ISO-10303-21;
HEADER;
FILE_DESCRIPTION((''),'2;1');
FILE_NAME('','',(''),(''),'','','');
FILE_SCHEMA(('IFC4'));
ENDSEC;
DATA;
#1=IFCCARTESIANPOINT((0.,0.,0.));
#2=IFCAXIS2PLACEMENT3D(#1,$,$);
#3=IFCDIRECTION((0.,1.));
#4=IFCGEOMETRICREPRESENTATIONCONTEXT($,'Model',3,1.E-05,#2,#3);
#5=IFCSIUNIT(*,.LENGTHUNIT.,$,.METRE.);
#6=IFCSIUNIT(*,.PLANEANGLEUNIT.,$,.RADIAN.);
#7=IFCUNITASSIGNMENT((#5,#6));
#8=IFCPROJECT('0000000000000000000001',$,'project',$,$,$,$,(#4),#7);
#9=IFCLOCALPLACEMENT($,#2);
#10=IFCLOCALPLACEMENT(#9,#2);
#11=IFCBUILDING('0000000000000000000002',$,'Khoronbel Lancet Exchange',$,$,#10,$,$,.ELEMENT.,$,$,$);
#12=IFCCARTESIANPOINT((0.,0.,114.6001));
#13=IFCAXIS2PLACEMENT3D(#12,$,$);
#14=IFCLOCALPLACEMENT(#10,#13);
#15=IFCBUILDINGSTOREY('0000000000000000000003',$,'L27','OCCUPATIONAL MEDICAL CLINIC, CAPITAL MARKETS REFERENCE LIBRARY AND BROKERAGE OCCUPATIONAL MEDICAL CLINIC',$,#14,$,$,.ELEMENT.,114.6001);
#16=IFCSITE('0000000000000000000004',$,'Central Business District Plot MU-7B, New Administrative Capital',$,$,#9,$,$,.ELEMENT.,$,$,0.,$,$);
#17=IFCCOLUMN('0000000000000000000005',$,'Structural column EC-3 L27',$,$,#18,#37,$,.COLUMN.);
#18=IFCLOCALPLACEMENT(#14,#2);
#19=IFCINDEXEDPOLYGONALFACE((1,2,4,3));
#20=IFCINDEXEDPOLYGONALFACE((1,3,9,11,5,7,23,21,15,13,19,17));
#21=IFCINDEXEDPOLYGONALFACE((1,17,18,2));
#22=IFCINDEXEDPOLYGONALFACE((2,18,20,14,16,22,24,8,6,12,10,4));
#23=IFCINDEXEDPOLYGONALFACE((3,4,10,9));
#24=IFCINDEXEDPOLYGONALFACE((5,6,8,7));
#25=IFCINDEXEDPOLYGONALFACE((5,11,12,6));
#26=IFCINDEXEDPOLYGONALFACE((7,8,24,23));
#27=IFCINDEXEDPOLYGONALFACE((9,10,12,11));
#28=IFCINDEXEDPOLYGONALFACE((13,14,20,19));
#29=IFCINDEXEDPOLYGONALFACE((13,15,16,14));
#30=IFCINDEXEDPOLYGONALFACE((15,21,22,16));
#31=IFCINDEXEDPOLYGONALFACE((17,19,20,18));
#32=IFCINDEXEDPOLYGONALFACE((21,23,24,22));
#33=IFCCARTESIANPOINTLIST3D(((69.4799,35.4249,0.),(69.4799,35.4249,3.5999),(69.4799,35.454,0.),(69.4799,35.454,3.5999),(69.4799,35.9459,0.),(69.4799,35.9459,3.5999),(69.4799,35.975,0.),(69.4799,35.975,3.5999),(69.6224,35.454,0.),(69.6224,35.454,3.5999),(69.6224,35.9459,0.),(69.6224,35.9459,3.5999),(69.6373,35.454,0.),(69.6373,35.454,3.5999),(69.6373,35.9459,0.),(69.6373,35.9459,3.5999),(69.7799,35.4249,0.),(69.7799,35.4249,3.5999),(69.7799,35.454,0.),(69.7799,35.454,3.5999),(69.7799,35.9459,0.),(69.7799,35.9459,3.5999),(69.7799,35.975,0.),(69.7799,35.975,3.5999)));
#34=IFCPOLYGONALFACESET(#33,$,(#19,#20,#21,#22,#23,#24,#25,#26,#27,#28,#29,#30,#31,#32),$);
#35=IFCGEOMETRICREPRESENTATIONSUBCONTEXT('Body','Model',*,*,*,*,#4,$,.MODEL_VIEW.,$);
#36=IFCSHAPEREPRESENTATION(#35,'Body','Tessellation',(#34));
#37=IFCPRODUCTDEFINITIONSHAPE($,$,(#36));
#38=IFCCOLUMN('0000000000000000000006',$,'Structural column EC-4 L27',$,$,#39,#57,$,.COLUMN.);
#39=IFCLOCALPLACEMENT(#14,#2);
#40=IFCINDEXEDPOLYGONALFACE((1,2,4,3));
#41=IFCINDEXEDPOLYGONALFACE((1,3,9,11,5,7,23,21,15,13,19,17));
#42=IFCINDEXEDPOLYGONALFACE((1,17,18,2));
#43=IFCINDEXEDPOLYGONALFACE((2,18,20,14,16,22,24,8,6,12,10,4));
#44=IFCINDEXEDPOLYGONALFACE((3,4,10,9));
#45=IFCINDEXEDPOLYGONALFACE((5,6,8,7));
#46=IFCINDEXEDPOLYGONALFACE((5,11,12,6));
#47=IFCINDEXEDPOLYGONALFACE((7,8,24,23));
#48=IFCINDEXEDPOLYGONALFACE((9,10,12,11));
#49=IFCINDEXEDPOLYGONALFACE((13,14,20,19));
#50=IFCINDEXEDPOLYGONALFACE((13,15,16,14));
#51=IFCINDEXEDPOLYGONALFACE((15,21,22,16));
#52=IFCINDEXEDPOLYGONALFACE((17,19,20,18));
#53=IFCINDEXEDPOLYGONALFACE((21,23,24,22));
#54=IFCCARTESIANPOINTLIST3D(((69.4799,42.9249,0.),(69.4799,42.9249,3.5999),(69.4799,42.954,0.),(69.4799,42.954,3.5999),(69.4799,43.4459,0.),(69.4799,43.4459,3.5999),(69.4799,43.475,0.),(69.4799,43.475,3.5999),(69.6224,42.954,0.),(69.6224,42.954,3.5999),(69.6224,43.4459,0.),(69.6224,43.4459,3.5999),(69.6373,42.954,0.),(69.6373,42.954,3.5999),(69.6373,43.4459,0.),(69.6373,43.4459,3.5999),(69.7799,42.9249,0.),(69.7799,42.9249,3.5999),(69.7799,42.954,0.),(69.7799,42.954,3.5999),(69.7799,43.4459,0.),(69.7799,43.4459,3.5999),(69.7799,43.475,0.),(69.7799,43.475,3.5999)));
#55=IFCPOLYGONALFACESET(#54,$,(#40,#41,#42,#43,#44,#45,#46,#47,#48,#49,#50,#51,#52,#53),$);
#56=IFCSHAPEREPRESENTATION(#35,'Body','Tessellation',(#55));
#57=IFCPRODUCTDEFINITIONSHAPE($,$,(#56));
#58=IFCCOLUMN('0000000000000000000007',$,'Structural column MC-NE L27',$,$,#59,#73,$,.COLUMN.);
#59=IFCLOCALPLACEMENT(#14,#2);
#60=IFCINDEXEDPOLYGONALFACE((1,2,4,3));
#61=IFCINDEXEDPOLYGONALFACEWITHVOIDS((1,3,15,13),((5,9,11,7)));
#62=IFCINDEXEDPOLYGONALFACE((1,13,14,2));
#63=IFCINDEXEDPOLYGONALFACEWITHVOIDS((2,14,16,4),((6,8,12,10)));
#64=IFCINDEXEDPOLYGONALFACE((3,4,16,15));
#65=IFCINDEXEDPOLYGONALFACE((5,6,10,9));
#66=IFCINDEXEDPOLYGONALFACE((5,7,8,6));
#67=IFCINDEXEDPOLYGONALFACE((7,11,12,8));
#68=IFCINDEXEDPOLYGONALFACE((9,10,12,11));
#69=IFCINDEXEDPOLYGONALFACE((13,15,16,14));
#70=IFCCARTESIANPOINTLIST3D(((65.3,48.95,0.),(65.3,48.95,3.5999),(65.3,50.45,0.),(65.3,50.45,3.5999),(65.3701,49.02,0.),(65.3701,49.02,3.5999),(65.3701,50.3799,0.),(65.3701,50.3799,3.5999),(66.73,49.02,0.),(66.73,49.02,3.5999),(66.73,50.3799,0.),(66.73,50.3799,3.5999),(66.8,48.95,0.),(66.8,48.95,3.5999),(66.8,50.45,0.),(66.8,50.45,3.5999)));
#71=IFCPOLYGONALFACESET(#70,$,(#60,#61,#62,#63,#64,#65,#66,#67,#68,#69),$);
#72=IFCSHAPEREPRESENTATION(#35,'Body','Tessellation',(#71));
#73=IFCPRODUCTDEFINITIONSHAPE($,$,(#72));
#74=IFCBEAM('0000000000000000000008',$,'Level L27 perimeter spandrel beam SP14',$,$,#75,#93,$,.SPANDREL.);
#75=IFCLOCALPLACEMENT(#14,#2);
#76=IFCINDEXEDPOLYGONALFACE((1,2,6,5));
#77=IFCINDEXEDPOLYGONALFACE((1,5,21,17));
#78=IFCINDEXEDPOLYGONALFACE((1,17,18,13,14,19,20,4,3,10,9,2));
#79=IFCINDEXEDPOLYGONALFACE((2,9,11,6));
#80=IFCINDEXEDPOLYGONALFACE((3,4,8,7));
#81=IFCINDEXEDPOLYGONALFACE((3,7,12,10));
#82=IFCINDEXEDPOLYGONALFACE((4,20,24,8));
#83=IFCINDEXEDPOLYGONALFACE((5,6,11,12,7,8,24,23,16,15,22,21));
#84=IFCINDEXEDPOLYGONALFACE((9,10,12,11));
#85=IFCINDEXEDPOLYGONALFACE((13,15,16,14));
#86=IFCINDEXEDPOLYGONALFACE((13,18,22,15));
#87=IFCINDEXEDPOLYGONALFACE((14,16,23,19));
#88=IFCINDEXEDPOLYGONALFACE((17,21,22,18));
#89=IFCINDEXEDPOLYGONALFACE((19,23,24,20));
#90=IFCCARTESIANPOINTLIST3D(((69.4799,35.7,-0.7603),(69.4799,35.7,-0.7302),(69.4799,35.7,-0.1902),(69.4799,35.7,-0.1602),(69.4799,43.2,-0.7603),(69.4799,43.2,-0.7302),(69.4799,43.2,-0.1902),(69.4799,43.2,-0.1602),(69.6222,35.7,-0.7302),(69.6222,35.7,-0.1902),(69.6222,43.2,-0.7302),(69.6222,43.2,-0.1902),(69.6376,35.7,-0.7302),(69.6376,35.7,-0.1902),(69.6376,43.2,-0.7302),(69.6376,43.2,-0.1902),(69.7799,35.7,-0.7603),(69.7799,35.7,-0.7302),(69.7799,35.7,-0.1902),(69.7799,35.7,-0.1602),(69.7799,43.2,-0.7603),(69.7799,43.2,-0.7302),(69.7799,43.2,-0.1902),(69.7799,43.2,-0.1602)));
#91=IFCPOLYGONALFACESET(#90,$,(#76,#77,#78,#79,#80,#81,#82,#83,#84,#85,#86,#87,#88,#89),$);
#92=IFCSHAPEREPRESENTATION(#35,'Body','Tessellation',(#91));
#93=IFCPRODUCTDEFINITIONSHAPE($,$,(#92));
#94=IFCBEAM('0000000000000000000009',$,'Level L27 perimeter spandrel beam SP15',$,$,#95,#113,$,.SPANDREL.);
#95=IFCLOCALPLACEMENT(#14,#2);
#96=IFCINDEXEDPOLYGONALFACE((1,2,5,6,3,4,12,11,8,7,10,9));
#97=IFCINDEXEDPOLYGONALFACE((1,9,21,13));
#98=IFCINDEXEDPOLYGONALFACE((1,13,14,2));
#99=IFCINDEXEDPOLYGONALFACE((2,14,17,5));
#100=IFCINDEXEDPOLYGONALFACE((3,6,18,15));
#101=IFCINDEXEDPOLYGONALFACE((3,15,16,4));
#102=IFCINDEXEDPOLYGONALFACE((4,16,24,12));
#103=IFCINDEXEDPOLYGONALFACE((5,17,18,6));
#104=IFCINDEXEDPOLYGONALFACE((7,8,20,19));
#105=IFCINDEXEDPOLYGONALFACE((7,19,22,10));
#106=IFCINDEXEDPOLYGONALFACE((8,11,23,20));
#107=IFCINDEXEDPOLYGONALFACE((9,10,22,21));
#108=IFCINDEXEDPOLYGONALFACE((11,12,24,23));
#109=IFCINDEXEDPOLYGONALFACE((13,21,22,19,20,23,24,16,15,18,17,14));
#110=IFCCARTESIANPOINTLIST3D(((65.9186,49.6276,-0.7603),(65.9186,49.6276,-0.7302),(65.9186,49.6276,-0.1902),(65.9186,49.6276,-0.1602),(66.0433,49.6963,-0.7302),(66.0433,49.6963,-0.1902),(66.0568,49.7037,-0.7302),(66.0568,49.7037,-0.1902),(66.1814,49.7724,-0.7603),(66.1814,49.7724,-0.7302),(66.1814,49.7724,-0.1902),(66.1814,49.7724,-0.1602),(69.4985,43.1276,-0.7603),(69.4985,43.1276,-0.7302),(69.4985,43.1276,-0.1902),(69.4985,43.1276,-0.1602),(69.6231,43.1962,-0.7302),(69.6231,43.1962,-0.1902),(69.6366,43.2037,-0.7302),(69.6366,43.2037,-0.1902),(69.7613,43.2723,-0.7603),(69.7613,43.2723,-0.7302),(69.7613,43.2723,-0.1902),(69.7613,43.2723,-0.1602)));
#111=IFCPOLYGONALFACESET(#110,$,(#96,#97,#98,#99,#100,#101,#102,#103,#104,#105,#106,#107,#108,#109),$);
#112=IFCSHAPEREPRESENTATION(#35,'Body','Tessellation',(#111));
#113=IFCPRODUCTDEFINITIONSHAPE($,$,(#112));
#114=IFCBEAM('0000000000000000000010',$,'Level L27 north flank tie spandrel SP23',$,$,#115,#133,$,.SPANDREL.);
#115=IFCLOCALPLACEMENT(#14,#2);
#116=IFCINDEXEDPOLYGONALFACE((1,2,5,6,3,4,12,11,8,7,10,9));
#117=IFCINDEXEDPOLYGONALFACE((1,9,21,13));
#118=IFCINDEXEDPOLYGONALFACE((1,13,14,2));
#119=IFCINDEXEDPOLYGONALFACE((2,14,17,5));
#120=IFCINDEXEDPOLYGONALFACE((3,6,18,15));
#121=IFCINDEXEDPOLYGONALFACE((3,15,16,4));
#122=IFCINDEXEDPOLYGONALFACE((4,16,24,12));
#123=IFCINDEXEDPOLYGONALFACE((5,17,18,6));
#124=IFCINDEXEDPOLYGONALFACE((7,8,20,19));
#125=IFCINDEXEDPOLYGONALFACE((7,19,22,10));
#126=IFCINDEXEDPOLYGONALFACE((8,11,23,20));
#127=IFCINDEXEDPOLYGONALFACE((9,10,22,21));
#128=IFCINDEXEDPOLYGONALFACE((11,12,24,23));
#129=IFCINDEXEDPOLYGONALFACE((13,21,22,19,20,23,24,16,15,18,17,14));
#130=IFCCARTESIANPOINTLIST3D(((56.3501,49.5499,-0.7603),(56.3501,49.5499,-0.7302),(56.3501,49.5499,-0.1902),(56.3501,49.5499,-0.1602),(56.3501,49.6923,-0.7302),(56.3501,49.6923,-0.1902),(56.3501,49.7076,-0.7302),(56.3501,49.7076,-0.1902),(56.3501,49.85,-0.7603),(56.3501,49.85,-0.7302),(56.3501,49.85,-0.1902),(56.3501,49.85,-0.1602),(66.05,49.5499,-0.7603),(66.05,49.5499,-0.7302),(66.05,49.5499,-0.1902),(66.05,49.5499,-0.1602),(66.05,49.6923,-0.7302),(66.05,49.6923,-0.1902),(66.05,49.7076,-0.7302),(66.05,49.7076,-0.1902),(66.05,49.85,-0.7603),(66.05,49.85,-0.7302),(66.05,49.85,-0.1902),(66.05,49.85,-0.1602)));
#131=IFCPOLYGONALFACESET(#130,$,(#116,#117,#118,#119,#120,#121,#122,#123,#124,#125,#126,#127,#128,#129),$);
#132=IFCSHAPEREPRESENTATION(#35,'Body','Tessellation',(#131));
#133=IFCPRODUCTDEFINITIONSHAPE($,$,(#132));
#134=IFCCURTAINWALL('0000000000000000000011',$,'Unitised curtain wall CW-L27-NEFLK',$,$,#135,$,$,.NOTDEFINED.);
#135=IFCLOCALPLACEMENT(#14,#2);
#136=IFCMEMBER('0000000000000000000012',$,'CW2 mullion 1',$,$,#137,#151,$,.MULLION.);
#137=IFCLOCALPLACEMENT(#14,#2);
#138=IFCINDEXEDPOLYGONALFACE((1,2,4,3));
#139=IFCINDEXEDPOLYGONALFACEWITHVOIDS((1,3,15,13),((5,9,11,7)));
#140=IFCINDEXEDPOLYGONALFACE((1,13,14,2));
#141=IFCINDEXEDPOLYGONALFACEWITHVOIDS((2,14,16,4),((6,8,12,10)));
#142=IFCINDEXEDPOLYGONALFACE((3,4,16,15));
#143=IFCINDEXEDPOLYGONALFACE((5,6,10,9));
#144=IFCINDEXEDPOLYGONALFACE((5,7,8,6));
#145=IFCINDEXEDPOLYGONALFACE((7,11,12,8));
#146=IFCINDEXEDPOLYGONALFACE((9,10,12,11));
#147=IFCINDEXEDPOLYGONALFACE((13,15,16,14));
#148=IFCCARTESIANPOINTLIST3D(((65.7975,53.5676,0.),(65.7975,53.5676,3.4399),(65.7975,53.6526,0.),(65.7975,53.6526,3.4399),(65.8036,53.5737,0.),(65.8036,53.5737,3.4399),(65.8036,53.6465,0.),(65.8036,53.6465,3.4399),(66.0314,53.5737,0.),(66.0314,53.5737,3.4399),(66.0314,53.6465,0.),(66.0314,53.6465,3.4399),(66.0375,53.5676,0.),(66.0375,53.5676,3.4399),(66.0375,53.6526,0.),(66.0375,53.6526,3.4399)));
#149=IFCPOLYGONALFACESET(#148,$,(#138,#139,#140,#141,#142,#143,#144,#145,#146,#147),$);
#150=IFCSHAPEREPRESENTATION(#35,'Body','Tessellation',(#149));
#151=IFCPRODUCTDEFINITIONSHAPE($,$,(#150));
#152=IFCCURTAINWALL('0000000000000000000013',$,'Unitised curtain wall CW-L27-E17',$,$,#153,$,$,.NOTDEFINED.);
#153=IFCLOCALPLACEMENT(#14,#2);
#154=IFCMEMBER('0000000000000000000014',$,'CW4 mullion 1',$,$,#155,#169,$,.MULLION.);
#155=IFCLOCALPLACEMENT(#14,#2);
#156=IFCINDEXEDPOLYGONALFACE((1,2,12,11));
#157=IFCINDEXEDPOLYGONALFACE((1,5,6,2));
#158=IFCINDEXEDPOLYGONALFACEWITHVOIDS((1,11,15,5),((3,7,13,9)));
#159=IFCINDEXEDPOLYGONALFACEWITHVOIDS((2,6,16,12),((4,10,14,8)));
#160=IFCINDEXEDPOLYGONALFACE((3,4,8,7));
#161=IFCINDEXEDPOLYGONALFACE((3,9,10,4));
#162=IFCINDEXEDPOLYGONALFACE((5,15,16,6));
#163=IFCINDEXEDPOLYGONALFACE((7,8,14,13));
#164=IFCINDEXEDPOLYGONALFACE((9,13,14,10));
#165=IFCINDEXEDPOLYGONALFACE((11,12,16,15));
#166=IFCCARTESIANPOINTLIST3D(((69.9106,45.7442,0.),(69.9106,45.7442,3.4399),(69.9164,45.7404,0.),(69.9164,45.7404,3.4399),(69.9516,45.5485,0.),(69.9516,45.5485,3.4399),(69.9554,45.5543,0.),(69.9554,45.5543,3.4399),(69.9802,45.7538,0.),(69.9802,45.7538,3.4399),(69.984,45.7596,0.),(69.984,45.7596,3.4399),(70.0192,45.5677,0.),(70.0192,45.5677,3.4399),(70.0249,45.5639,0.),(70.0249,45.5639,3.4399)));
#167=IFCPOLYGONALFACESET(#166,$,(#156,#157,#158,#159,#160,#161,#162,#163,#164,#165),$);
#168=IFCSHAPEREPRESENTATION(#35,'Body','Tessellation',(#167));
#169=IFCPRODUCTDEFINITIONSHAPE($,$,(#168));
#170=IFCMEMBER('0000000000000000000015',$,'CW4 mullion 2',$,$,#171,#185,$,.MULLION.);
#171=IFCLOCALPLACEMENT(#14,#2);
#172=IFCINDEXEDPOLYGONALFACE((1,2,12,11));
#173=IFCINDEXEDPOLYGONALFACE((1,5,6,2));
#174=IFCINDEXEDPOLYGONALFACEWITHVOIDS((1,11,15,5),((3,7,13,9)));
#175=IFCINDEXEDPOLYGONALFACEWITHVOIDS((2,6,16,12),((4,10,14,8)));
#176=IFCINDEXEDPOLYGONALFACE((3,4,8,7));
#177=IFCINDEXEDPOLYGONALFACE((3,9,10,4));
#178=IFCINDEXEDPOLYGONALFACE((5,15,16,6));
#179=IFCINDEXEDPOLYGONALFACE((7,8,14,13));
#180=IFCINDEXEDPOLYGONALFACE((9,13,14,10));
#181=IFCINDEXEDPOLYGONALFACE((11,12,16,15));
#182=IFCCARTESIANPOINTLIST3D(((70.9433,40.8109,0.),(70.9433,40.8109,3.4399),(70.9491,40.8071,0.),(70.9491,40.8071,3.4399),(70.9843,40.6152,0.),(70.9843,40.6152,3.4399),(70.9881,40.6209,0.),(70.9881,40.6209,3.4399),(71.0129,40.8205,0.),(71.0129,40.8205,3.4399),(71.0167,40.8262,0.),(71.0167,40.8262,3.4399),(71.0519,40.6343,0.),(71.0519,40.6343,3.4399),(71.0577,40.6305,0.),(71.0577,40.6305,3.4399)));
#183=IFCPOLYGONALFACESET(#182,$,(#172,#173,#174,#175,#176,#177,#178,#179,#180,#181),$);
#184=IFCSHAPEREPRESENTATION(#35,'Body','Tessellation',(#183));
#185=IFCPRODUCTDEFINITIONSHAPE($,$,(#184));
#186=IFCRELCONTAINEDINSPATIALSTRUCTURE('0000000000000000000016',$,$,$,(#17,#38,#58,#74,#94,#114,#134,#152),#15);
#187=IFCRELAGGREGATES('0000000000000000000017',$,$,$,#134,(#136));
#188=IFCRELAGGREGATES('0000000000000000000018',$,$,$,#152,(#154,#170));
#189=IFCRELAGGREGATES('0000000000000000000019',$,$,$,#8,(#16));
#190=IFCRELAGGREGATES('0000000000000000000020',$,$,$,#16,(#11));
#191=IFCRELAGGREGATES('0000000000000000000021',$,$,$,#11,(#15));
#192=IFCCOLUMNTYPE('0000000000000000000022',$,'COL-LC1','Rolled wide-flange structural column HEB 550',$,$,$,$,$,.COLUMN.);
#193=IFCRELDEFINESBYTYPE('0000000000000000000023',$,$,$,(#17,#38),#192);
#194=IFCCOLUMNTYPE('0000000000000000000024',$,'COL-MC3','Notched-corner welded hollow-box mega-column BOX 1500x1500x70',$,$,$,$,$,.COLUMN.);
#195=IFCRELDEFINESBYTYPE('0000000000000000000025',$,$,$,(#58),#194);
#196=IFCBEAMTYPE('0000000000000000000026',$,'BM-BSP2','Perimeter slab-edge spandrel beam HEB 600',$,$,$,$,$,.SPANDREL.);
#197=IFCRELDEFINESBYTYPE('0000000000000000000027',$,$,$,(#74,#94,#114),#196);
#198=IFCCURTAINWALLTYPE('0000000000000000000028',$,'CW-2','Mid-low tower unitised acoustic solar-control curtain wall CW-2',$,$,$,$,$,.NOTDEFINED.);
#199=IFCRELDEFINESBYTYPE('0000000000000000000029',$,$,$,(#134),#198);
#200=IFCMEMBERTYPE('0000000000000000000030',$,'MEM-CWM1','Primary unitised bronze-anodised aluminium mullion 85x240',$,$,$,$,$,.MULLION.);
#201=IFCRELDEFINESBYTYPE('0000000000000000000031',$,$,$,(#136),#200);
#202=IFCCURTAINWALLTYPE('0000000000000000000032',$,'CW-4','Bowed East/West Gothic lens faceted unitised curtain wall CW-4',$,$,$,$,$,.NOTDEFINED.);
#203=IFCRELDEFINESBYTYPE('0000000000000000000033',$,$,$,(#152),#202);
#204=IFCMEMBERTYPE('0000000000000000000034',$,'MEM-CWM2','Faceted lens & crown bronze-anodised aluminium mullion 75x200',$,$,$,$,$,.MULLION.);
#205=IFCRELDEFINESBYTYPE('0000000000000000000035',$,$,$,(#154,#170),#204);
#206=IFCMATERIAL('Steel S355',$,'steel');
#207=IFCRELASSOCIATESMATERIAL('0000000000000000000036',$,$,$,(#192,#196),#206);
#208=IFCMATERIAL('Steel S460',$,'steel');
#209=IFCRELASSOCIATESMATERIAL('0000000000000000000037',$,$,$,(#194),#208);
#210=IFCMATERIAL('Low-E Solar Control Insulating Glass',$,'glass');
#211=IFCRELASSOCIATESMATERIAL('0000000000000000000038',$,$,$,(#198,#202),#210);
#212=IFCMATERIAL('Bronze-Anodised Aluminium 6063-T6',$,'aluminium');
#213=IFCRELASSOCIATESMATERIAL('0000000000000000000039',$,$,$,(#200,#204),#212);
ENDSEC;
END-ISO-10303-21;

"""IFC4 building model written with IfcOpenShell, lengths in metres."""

from ifc_helpers import new_model, si_unit, direction, frame, origin, origin_2d, place, context, subcontext, project, spatial, hollow_rectangle, i_section, extrude, material, material_profile, profile_set, type_object, element, aggregate, save


model = new_model("IFC4")

# Units and contexts
model_context = context("Model", 3, precision=1e-05, world=origin(), true_north=direction((0.0, 1.0)))
body_context = subcontext(model_context, "Body", "Model", "MODEL_VIEW")
ifc_project = project(units=[si_unit("LENGTHUNIT", "METRE"), si_unit("PLANEANGLEUNIT", "RADIAN")], contexts=[model_context])

# Site, building, storey
site_placement = place(None, origin())
site = spatial("IfcSite", under=ifc_project, at=site_placement, Name="Central Business District Plot MU-7B, New Administrative Capital", CompositionType="ELEMENT", RefElevation=0.0)
building_placement = place(site_placement, origin())
building = spatial("IfcBuilding", under=site, at=building_placement, Name="Khoronbel Lancet Exchange", CompositionType="ELEMENT")
storey_placement = place(building_placement, frame((0.0, 0.0, 114.6001)))
storey = spatial("IfcBuildingStorey", under=building, at=storey_placement, Name="L27", Description="OCCUPATIONAL MEDICAL CLINIC, CAPITAL MARKETS REFERENCE LIBRARY AND BROKERAGE OCCUPATIONAL MEDICAL CLINIC", CompositionType="ELEMENT", Elevation=114.6001)

# Columns
ifc_material_1 = material(Name="Steel S355", Category="steel")
ifc_material_profile_1 = material_profile(ifc_material_1, i_section(OverallWidth=0.3, OverallDepth=0.55, WebThickness=0.0149, FlangeThickness=0.0291, at=origin_2d()), Name="HEB 550")
ifc_profile_set_1 = profile_set([ifc_material_profile_1], Name="Steel S355")
column_type_1 = type_object("IfcColumnType", Name="COL-LC1", Description="Rolled wide-flange structural column HEB 550", PredefinedType="COLUMN", material=ifc_profile_set_1)
for number, where, z_axis, x_axis, name in (
    (1, (69.6299, 35.7, 0.0), (0.0, 0.0, 1.0), (1.0, 0.0, 0.0), "Structural column EC-3 L27"),
    (2, (69.6299, 43.2, 0.0), (0.0, 0.0, 1.0), (1.0, 0.0, 0.0), "Structural column EC-4 L27"),
):
    element("IfcColumn", number, at=place(storey_placement, frame(where, z_axis=z_axis, x_axis=x_axis)), inside=storey, type_object=column_type_1, Name=name, PredefinedType="COLUMN", context=body_context, shape_type="SweptSolid", body=[
        extrude(i_section(OverallWidth=0.3, OverallDepth=0.55, WebThickness=0.0149, FlangeThickness=0.0291, at=origin_2d()), origin(), (0.0, 0.0, 1.0), 3.5999),
    ])
ifc_material_2 = material(Name="Steel S460", Category="steel")
ifc_material_profile_2 = material_profile(ifc_material_2, hollow_rectangle(XDim=1.5, YDim=1.5, WallThickness=0.0701, at=origin_2d()), Name="BOX 1500x1500x70")
ifc_profile_set_2 = profile_set([ifc_material_profile_2], Name="Steel S460")
column_type_2 = type_object("IfcColumnType", Name="COL-MC3", Description="Notched-corner welded hollow-box mega-column BOX 1500x1500x70", PredefinedType="COLUMN", material=ifc_profile_set_2)
column_placement = place(storey_placement, frame((66.05, 49.7, 0.0), z_axis=(0.0, 0.0, 1.0), x_axis=(1.0, 0.0, 0.0)))
element("IfcColumn", 3, at=column_placement, inside=storey, type_object=column_type_2, Name="Structural column MC-NE L27", PredefinedType="COLUMN", context=body_context, shape_type="SweptSolid", body=[
    extrude(hollow_rectangle(XDim=1.5, YDim=1.5, WallThickness=0.0701, at=origin_2d()), origin(), (0.0, 0.0, 1.0), 3.5999),
])

# Beams
ifc_material_profile_3 = material_profile(ifc_material_1, i_section(OverallWidth=0.3, OverallDepth=0.6001, WebThickness=0.0154, FlangeThickness=0.03, at=origin_2d()), Name="HEB 600")
ifc_profile_set_3 = profile_set([ifc_material_profile_3], Name="Steel S355")
beam_type = type_object("IfcBeamType", Name="BM-BSP2", Description="Perimeter slab-edge spandrel beam HEB 600", PredefinedType="SPANDREL", material=ifc_profile_set_3)
beam_1_placement = place(storey_placement, frame((69.6299, 35.7, -0.4602), z_axis=(0.0, 1.0, 0.0), x_axis=(-1.0, 0.0, 0.0)))
element("IfcBeam", 4, at=beam_1_placement, inside=storey, type_object=beam_type, Name="Level L27 perimeter spandrel beam SP14", PredefinedType="SPANDREL", context=body_context, shape_type="SweptSolid", body=[
    extrude(i_section(OverallWidth=0.3, OverallDepth=0.6001, WebThickness=0.0154, FlangeThickness=0.03, at=origin_2d()), origin(), (0.0, 0.0, 1.0), 7.5),
])
beam_2_placement = place(storey_placement, frame((69.6299, 43.2, -0.4602), z_axis=(-0.482419, 0.875941, 0.0), x_axis=(-0.875941, -0.482419, 0.0)))
element("IfcBeam", 5, at=beam_2_placement, inside=storey, type_object=beam_type, Name="Level L27 perimeter spandrel beam SP15", PredefinedType="SPANDREL", context=body_context, shape_type="SweptSolid", body=[
    extrude(i_section(OverallWidth=0.3, OverallDepth=0.6001, WebThickness=0.0154, FlangeThickness=0.03, at=origin_2d()), origin(), (0.0, 0.0, 1.0), 7.4207),
])
beam_3_placement = place(storey_placement, frame((66.05, 49.7, -0.4602), z_axis=(-1.0, 0.0, 0.0), x_axis=(0.0, -1.0, 0.0)))
element("IfcBeam", 6, at=beam_3_placement, inside=storey, type_object=beam_type, Name="Level L27 north flank tie spandrel SP23", PredefinedType="SPANDREL", context=body_context, shape_type="SweptSolid", body=[
    extrude(i_section(OverallWidth=0.3, OverallDepth=0.6001, WebThickness=0.0154, FlangeThickness=0.03, at=origin_2d()), origin(), (0.0, 0.0, 1.0), 9.7),
])

# Curtain wall, member
ifc_material_3 = material(Name="Low-E Solar Control Insulating Glass", Category="glass")
curtain_wall_type_1 = type_object("IfcCurtainWallType", Name="CW-2", Description="Mid-low tower unitised acoustic solar-control curtain wall CW-2", PredefinedType="NOTDEFINED", material=ifc_material_3)
curtain_wall_1_placement = place(storey_placement, origin())
curtain_wall_1 = element("IfcCurtainWall", 7, at=curtain_wall_1_placement, inside=storey, type_object=curtain_wall_type_1, Name="Unitised curtain wall CW-L27-NEFLK", PredefinedType="NOTDEFINED")
ifc_material_4 = material(Name="Bronze-Anodised Aluminium 6063-T6", Category="aluminium")
ifc_material_profile_4 = material_profile(ifc_material_4, hollow_rectangle(XDim=0.085, YDim=0.24, WallThickness=0.0061, at=origin_2d()), Name="ALU MULLION 85x240")
ifc_profile_set_4 = profile_set([ifc_material_profile_4], Name="Bronze-Anodised Aluminium 6063-T6")
member_type_1 = type_object("IfcMemberType", Name="MEM-CWM1", Description="Primary unitised bronze-anodised aluminium mullion 85x240", PredefinedType="MULLION", material=ifc_profile_set_4)
member_1_placement = place(storey_placement, frame((65.9175, 53.6101, 0.0), z_axis=(0.0, 0.0, 1.0), x_axis=(0.0, -1.0, 0.0)))
member_1 = element("IfcMember", 8, at=member_1_placement, type_object=member_type_1, Name="CW2 mullion 1", PredefinedType="MULLION", context=body_context, shape_type="SweptSolid", body=[
    extrude(hollow_rectangle(XDim=0.085, YDim=0.24, WallThickness=0.0061, at=origin_2d()), origin(), (0.0, 0.0, 1.0), 3.4399),
])

# Curtain wall, members
curtain_wall_type_2 = type_object("IfcCurtainWallType", Name="CW-4", Description="Bowed East/West Gothic lens faceted unitised curtain wall CW-4", PredefinedType="NOTDEFINED", material=ifc_material_3)
curtain_wall_2_placement = place(storey_placement, origin())
curtain_wall_2 = element("IfcCurtainWall", 9, at=curtain_wall_2_placement, inside=storey, type_object=curtain_wall_type_2, Name="Unitised curtain wall CW-L27-E17", PredefinedType="NOTDEFINED")
ifc_material_profile_5 = material_profile(ifc_material_4, hollow_rectangle(XDim=0.075, YDim=0.2, WallThickness=0.0049, at=origin_2d()), Name="ALU MULLION 75x200")
ifc_profile_set_5 = profile_set([ifc_material_profile_5], Name="Bronze-Anodised Aluminium 6063-T6")
member_type_2 = type_object("IfcMemberType", Name="MEM-CWM2", Description="Faceted lens & crown bronze-anodised aluminium mullion 75x200", PredefinedType="MULLION", material=ifc_profile_set_5)
member_2_placement = place(storey_placement, frame((69.9678, 45.6541, 0.0), z_axis=(0.0, 0.0, 1.0), x_axis=(0.97878, 0.204913, 0.0)))
member_2 = element("IfcMember", 10, at=member_2_placement, type_object=member_type_2, Name="CW4 mullion 1", PredefinedType="MULLION", context=body_context, shape_type="SweptSolid", body=[
    extrude(hollow_rectangle(XDim=0.075, YDim=0.2, WallThickness=0.0049, at=origin_2d()), origin(), (0.0, 0.0, 1.0), 3.4399),
])
member_3_placement = place(storey_placement, frame((71.0005, 40.7207, 0.0), z_axis=(0.0, 0.0, 1.0), x_axis=(0.97878, 0.204913, 0.0)))
member_3 = element("IfcMember", 11, at=member_3_placement, type_object=member_type_2, Name="CW4 mullion 2", PredefinedType="MULLION", context=body_context, shape_type="SweptSolid", body=[
    extrude(hollow_rectangle(XDim=0.075, YDim=0.2, WallThickness=0.0049, at=origin_2d()), origin(), (0.0, 0.0, 1.0), 3.4399),
])

aggregate(curtain_wall_1, [member_1])
aggregate(curtain_wall_2, [member_2, member_3])

save(model, "model.ifc")
